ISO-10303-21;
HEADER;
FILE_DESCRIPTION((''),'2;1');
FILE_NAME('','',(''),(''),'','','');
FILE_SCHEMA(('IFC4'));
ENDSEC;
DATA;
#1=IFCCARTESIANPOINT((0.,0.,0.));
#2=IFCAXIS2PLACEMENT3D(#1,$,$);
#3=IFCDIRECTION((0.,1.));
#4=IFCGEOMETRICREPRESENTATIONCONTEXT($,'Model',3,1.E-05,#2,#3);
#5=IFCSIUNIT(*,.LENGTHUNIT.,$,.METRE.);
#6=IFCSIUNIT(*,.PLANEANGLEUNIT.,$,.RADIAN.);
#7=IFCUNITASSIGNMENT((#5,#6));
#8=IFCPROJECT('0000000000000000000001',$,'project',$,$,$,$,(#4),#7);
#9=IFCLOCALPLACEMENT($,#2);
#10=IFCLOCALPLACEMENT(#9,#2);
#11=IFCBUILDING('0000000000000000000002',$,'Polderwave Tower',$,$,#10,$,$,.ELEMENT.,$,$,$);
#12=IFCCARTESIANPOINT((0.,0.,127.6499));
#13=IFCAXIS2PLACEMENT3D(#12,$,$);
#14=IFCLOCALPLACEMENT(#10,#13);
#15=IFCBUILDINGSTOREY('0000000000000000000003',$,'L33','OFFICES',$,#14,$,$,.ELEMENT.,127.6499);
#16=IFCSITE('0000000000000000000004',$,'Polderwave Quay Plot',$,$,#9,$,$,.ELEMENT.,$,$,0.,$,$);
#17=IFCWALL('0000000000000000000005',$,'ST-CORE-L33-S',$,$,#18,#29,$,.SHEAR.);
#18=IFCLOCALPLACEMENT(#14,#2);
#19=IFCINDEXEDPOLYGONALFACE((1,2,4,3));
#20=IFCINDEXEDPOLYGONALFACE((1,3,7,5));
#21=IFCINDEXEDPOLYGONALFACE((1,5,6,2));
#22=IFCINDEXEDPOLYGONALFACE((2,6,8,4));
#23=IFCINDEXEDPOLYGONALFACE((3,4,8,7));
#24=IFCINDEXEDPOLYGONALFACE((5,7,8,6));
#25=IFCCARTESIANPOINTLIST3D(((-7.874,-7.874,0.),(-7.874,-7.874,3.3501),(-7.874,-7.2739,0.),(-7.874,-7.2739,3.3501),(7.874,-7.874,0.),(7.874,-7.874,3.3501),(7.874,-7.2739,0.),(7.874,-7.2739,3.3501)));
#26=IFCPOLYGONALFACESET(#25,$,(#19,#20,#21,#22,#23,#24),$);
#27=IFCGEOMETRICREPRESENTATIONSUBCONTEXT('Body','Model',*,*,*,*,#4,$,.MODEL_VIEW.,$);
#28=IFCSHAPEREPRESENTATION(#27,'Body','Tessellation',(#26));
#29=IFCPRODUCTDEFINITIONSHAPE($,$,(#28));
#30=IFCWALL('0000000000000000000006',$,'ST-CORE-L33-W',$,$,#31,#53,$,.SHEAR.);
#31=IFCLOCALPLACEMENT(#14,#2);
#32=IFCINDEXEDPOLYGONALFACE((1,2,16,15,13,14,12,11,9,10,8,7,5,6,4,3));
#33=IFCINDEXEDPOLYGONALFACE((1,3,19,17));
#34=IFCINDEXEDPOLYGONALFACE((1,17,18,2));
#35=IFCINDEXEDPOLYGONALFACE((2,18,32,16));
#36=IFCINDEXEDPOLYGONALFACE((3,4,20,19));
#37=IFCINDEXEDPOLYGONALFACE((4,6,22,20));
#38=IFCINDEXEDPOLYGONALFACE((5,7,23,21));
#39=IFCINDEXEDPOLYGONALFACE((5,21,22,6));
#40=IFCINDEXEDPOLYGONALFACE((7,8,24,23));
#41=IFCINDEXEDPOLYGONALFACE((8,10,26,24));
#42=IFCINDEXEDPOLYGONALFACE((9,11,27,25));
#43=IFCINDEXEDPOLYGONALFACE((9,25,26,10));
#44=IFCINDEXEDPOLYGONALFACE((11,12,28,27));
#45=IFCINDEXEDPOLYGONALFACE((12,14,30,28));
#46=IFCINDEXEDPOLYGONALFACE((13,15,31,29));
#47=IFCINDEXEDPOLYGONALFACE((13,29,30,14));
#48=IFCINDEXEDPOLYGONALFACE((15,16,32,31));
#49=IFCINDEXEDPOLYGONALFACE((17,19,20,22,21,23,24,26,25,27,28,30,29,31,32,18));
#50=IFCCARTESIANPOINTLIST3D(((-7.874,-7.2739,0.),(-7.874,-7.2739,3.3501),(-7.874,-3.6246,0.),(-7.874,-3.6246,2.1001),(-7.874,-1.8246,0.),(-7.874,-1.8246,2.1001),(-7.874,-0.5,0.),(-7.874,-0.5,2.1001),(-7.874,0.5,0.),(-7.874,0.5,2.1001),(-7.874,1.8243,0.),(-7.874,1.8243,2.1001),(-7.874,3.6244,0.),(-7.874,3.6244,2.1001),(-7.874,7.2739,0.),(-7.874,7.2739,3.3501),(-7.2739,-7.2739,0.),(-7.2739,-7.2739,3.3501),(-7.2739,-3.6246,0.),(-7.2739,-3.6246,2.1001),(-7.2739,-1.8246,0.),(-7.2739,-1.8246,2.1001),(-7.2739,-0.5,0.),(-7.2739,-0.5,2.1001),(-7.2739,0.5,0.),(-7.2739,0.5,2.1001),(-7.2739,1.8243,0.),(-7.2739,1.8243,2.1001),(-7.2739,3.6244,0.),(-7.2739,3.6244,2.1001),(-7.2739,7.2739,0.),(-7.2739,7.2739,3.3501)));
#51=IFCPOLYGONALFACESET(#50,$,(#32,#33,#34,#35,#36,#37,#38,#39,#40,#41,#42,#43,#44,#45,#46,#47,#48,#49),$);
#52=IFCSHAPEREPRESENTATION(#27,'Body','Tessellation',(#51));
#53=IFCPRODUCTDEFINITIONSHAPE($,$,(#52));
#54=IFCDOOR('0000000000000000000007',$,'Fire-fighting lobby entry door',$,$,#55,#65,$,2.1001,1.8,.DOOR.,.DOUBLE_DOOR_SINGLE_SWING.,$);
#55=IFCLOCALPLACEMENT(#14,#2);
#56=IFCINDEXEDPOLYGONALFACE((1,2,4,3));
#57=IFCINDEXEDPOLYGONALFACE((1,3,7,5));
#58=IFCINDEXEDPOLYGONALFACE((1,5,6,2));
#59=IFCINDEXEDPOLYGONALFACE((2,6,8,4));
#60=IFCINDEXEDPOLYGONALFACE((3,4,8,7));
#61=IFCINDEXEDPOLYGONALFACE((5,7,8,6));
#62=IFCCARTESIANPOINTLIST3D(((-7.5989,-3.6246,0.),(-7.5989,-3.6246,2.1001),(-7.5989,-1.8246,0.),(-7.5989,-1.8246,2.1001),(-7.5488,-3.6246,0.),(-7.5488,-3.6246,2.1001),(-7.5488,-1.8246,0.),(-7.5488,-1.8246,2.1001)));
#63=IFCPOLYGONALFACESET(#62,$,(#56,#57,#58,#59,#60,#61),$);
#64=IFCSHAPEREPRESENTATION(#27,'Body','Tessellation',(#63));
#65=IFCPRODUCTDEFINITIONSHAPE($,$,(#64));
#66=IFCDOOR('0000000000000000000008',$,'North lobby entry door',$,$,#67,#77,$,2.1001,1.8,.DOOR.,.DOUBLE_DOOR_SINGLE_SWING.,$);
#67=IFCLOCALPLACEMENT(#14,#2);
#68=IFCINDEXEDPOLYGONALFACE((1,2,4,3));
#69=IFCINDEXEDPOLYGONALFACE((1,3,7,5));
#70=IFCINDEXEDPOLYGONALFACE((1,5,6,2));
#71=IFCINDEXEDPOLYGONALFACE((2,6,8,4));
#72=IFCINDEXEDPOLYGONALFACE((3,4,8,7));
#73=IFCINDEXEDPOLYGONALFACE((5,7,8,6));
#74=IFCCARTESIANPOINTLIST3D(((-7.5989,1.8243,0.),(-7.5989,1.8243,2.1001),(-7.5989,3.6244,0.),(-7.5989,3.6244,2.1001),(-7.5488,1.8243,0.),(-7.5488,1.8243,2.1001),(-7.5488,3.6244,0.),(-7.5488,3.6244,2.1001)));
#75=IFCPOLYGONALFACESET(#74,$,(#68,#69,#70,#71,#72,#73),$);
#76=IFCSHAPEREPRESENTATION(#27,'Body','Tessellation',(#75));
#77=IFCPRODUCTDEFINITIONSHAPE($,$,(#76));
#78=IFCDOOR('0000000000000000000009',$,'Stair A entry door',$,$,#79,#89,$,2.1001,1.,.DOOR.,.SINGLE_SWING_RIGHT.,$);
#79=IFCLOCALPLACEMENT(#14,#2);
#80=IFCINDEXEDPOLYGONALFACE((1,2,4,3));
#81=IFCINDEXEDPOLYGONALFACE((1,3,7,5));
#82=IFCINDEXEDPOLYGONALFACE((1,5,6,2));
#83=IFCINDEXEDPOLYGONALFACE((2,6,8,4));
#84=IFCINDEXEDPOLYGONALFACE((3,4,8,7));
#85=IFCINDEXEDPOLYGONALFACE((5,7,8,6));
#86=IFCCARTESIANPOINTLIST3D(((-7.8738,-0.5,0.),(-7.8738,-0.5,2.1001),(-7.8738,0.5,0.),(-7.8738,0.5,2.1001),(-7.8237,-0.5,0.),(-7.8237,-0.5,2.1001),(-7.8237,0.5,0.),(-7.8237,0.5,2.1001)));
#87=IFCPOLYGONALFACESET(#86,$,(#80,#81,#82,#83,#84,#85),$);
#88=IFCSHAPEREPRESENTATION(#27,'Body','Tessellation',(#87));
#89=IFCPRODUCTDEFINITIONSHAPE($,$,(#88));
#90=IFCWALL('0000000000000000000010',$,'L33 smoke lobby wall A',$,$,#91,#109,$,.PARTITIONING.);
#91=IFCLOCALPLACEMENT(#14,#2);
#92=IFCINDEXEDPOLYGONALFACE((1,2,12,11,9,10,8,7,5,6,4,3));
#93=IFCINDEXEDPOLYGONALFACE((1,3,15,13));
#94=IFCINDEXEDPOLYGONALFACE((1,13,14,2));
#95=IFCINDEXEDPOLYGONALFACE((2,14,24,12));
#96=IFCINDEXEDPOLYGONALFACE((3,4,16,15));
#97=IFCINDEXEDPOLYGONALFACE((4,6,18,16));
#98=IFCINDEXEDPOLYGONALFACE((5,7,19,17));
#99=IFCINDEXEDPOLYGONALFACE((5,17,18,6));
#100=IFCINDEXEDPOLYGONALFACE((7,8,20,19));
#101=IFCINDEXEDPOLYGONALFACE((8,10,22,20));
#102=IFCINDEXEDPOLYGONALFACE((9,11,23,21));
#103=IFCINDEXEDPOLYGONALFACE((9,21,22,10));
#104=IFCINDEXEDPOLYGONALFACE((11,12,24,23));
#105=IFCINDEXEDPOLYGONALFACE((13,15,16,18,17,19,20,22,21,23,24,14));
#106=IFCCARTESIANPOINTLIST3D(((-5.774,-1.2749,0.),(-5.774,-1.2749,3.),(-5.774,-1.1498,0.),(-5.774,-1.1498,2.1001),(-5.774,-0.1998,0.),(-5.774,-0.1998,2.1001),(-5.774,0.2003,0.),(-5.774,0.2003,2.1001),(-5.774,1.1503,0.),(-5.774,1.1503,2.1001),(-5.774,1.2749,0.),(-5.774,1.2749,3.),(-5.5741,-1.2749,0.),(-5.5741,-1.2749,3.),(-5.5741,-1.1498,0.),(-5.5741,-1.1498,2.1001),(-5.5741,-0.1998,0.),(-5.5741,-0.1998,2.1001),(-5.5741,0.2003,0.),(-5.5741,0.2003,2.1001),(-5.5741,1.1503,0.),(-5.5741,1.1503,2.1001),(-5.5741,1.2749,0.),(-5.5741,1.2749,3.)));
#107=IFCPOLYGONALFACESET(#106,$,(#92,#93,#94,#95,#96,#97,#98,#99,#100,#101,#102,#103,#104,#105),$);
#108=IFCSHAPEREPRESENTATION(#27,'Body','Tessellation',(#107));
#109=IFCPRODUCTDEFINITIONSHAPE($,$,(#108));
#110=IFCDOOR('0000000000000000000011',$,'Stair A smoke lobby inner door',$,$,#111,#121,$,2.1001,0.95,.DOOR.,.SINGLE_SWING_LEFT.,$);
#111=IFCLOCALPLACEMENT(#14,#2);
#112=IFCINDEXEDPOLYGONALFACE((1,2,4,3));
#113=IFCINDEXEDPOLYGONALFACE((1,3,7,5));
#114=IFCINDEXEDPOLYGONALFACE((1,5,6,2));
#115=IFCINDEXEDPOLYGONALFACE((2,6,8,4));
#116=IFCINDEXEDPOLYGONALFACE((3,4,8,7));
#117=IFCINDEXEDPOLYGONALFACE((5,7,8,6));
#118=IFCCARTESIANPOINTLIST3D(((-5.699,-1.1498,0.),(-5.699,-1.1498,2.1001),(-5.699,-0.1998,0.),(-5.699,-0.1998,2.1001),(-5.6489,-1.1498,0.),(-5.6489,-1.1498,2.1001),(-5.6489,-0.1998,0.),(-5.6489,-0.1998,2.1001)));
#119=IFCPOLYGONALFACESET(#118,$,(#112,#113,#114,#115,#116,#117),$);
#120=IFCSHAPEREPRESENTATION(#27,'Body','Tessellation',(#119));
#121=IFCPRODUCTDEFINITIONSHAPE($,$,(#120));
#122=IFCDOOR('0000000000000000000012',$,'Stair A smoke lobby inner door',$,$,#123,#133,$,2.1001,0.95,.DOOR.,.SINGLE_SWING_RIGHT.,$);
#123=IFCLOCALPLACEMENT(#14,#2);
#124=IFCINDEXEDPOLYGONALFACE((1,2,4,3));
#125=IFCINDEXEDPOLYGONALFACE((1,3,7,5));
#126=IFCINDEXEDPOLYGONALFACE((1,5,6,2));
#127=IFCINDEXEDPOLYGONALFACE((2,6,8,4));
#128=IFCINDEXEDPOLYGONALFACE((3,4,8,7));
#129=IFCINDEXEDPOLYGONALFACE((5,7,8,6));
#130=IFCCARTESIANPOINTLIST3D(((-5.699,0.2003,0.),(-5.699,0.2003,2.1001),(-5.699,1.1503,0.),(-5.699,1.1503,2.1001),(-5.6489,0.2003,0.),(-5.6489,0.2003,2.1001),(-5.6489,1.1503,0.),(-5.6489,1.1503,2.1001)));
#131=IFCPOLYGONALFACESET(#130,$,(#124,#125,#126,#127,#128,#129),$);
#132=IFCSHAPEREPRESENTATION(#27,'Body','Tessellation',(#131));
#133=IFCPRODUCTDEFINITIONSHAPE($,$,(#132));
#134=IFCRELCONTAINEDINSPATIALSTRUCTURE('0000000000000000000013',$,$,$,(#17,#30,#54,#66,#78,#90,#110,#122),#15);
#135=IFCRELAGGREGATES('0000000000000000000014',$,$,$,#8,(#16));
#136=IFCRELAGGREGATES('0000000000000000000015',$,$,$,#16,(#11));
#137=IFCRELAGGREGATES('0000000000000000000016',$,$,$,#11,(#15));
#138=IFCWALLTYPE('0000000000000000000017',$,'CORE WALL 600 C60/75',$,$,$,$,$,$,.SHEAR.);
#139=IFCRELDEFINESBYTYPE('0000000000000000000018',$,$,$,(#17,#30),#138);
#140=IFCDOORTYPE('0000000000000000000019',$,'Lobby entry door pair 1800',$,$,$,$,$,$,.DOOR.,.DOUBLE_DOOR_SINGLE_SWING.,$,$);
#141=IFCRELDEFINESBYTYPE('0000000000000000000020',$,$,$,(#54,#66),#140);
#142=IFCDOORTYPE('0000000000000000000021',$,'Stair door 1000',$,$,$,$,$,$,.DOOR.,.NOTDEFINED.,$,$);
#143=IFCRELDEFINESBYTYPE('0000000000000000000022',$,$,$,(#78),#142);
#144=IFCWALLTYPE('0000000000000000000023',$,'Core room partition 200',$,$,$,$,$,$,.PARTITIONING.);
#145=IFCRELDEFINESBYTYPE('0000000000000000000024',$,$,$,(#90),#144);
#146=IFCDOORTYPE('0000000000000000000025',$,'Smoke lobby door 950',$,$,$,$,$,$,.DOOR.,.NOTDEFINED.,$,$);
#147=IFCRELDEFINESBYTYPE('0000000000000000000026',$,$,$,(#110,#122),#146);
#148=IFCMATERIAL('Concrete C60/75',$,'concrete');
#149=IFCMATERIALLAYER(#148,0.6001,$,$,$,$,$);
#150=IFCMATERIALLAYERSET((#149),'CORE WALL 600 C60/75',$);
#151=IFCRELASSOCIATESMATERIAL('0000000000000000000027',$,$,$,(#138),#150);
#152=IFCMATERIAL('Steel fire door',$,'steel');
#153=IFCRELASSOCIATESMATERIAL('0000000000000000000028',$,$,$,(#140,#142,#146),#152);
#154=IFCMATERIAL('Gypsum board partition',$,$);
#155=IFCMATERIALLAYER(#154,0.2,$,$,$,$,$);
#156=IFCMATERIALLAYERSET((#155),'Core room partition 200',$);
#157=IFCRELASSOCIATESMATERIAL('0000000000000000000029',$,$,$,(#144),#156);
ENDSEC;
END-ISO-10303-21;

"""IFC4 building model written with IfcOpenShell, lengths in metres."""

from ifc_helpers import new_model, si_unit, direction, frame, frame_2d, origin, place, context, subcontext, project, spatial, rectangle, extrude, material, layer, layer_set, type_object, element, fill, save


model = new_model("IFC4")

# Units and contexts
model_context = context("Model", 3, precision=1e-05, world=origin(), true_north=direction((0.0, 1.0)))
body_context = subcontext(model_context, "Body", "Model", "MODEL_VIEW")
ifc_project = project(units=[si_unit("LENGTHUNIT", "METRE"), si_unit("PLANEANGLEUNIT", "RADIAN")], contexts=[model_context])

# Site, building, storey
site_placement = place(None, origin())
site = spatial("IfcSite", under=ifc_project, at=site_placement, Name="Polderwave Quay Plot", CompositionType="ELEMENT", RefElevation=0.0)
building_placement = place(site_placement, origin())
building = spatial("IfcBuilding", under=site, at=building_placement, Name="Polderwave Tower", CompositionType="ELEMENT")
storey_placement = place(building_placement, frame((0.0, 0.0, 127.6499)))
storey = spatial("IfcBuildingStorey", under=building, at=storey_placement, Name="L33", Description="OFFICES", CompositionType="ELEMENT", Elevation=127.6499)

# Wall
ifc_material_1 = material(Name="Concrete C60/75", Category="concrete")
ifc_layer_1 = layer(ifc_material_1, 0.6001)
ifc_layer_set_1 = layer_set([ifc_layer_1], Name="CORE WALL 600 C60/75")
wall_type_1 = type_object("IfcWallType", Name="CORE WALL 600 C60/75", PredefinedType="SHEAR", material=ifc_layer_set_1)
wall_1_placement = place(storey_placement, frame((-7.874, -7.574, 0.0), z_axis=(0.0, 0.0, 1.0), x_axis=(1.0, 0.0, 0.0)))
element("IfcWall", 1, at=wall_1_placement, inside=storey, type_object=wall_type_1, Name="ST-CORE-L33-S", PredefinedType="SHEAR", context=body_context, shape_type="SweptSolid", body=[
    extrude(rectangle(XDim=15.748, YDim=0.6001, at=frame_2d((7.874, 0.0))), origin(), (0.0, 0.0, 1.0), 3.3501),
])

# Walls, openings, doors
wall_2_placement = place(storey_placement, frame((-7.574, -7.2739, 0.0), z_axis=(0.0, 0.0, 1.0), x_axis=(0.0, 1.0, 0.0)))
wall_2 = element("IfcWall", 2, at=wall_2_placement, inside=storey, type_object=wall_type_1, Name="ST-CORE-L33-W", PredefinedType="SHEAR", context=body_context, shape_type="SweptSolid", body=[
    extrude(rectangle(XDim=14.5479, YDim=0.6001, at=frame_2d((7.2739, 0.0))), origin(), (0.0, 0.0, 1.0), 3.3501),
])
opening_1_placement = place(wall_2_placement, frame((6.7739, 0.0, 0.0)))
opening_1 = element("IfcOpeningElement", 3, at=opening_1_placement, cuts=wall_2, PredefinedType="OPENING", context=body_context, shape_type="SweptSolid", body=[
    extrude(rectangle(XDim=1.0, YDim=2.1001, at=frame_2d((0.5, 1.05))), frame((0.0, 0.3101, 0.0), z_axis=(0.0, -1.0, 0.0), x_axis=(1.0, 0.0, 0.0)), (0.0, 0.0, 1.0), 0.6201),
])
opening_2_placement = place(wall_2_placement, frame((3.6494, 0.0, 0.0)))
opening_2 = element("IfcOpeningElement", 4, at=opening_2_placement, cuts=wall_2, PredefinedType="OPENING", context=body_context, shape_type="SweptSolid", body=[
    extrude(rectangle(XDim=1.8, YDim=2.1001, at=frame_2d((0.8999, 1.05))), frame((0.0, 0.3101, 0.0), z_axis=(0.0, -1.0, 0.0), x_axis=(1.0, 0.0, 0.0)), (0.0, 0.0, 1.0), 0.6201),
])
opening_3_placement = place(wall_2_placement, frame((9.0984, 0.0, 0.0)))
opening_3 = element("IfcOpeningElement", 5, at=opening_3_placement, cuts=wall_2, PredefinedType="OPENING", context=body_context, shape_type="SweptSolid", body=[
    extrude(rectangle(XDim=1.8, YDim=2.1001, at=frame_2d((0.8999, 1.05))), frame((0.0, 0.3101, 0.0), z_axis=(0.0, -1.0, 0.0), x_axis=(1.0, 0.0, 0.0)), (0.0, 0.0, 1.0), 0.6201),
])
ifc_material_2 = material(Name="Steel fire door", Category="steel")
door_type_1 = type_object("IfcDoorType", Name="Lobby entry door pair 1800", OperationType="DOUBLE_DOOR_SINGLE_SWING", PredefinedType="DOOR", material=ifc_material_2)
door_1_placement = place(opening_2_placement, origin())
door_1 = element("IfcDoor", 6, at=door_1_placement, inside=storey, type_object=door_type_1, Name="Fire-fighting lobby entry door", OperationType="DOUBLE_DOOR_SINGLE_SWING", OverallHeight=2.1001, OverallWidth=1.8, PredefinedType="DOOR", context=body_context, shape_type="SweptSolid", body=[
    extrude(rectangle(XDim=1.8, YDim=2.1001, at=frame_2d((0.8999, 1.05))), frame((0.0, 0.0249, 0.0), z_axis=(0.0, -1.0, 0.0), x_axis=(1.0, 0.0, 0.0)), (0.0, 0.0, 1.0), 0.05),
])
fill(opening_2, door_1)
door_2_placement = place(opening_3_placement, origin())
door_2 = element("IfcDoor", 7, at=door_2_placement, inside=storey, type_object=door_type_1, Name="North lobby entry door", OperationType="DOUBLE_DOOR_SINGLE_SWING", OverallHeight=2.1001, OverallWidth=1.8, PredefinedType="DOOR", context=body_context, shape_type="SweptSolid", body=[
    extrude(rectangle(XDim=1.8, YDim=2.1001, at=frame_2d((0.8999, 1.05))), frame((0.0, 0.0249, 0.0), z_axis=(0.0, -1.0, 0.0), x_axis=(1.0, 0.0, 0.0)), (0.0, 0.0, 1.0), 0.05),
])
fill(opening_3, door_2)
door_type_2 = type_object("IfcDoorType", Name="Stair door 1000", OperationType="NOTDEFINED", PredefinedType="DOOR", material=ifc_material_2)
door_3_placement = place(opening_1_placement, origin())
door_3 = element("IfcDoor", 8, at=door_3_placement, inside=storey, type_object=door_type_2, Name="Stair A entry door", OperationType="SINGLE_SWING_RIGHT", OverallHeight=2.1001, OverallWidth=1.0, PredefinedType="DOOR", context=body_context, shape_type="SweptSolid", body=[
    extrude(rectangle(XDim=1.0, YDim=2.1001, at=frame_2d((0.5, 1.05))), frame((0.0, 0.2998, 0.0), z_axis=(0.0, -1.0, 0.0), x_axis=(1.0, 0.0, 0.0)), (0.0, 0.0, 1.0), 0.05),
])
fill(opening_1, door_3)
ifc_material_3 = material(Name="Gypsum board partition")
ifc_layer_2 = layer(ifc_material_3, 0.2)
ifc_layer_set_2 = layer_set([ifc_layer_2], Name="Core room partition 200")
wall_type_2 = type_object("IfcWallType", Name="Core room partition 200", PredefinedType="PARTITIONING", material=ifc_layer_set_2)
wall_3_placement = place(storey_placement, frame((-5.6741, -1.2749, 0.0), z_axis=(0.0, 0.0, 1.0), x_axis=(0.0, 1.0, 0.0)))
wall_3 = element("IfcWall", 9, at=wall_3_placement, inside=storey, type_object=wall_type_2, Name="L33 smoke lobby wall A", PredefinedType="PARTITIONING", context=body_context, shape_type="SweptSolid", body=[
    extrude(rectangle(XDim=2.5498, YDim=0.2, at=frame_2d((1.2749, 0.0))), origin(), (0.0, 0.0, 1.0), 3.0),
])
opening_4_placement = place(wall_3_placement, frame((0.125, 0.0, 0.0)))
opening_4 = element("IfcOpeningElement", 10, at=opening_4_placement, cuts=wall_3, PredefinedType="OPENING", context=body_context, shape_type="SweptSolid", body=[
    extrude(rectangle(XDim=0.95, YDim=2.1001, at=frame_2d((0.4751, 1.05))), frame((0.0, 0.1099, 0.0), z_axis=(0.0, -1.0, 0.0), x_axis=(1.0, 0.0, 0.0)), (0.0, 0.0, 1.0), 0.22),
])
opening_5_placement = place(wall_3_placement, frame((1.4751, 0.0, 0.0)))
opening_5 = element("IfcOpeningElement", 11, at=opening_5_placement, cuts=wall_3, PredefinedType="OPENING", context=body_context, shape_type="SweptSolid", body=[
    extrude(rectangle(XDim=0.95, YDim=2.1001, at=frame_2d((0.4751, 1.05))), frame((0.0, 0.1099, 0.0), z_axis=(0.0, -1.0, 0.0), x_axis=(1.0, 0.0, 0.0)), (0.0, 0.0, 1.0), 0.22),
])
door_type_3 = type_object("IfcDoorType", Name="Smoke lobby door 950", OperationType="NOTDEFINED", PredefinedType="DOOR", material=ifc_material_2)
door_4_placement = place(opening_4_placement, origin())
door_4 = element("IfcDoor", 12, at=door_4_placement, inside=storey, type_object=door_type_3, Name="Stair A smoke lobby inner door", OperationType="SINGLE_SWING_LEFT", OverallHeight=2.1001, OverallWidth=0.95, PredefinedType="DOOR", context=body_context, shape_type="SweptSolid", body=[
    extrude(rectangle(XDim=0.95, YDim=2.1001, at=frame_2d((0.4751, 1.05))), frame((0.0, 0.0249, 0.0), z_axis=(0.0, -1.0, 0.0), x_axis=(1.0, 0.0, 0.0)), (0.0, 0.0, 1.0), 0.05),
])
fill(opening_4, door_4)
door_5_placement = place(opening_5_placement, origin())
door_5 = element("IfcDoor", 13, at=door_5_placement, inside=storey, type_object=door_type_3, Name="Stair A smoke lobby inner door", OperationType="SINGLE_SWING_RIGHT", OverallHeight=2.1001, OverallWidth=0.95, PredefinedType="DOOR", context=body_context, shape_type="SweptSolid", body=[
    extrude(rectangle(XDim=0.95, YDim=2.1001, at=frame_2d((0.4751, 1.05))), frame((0.0, 0.0249, 0.0), z_axis=(0.0, -1.0, 0.0), x_axis=(1.0, 0.0, 0.0)), (0.0, 0.0, 1.0), 0.05),
])
fill(opening_5, door_5)

save(model, "model.ifc")
